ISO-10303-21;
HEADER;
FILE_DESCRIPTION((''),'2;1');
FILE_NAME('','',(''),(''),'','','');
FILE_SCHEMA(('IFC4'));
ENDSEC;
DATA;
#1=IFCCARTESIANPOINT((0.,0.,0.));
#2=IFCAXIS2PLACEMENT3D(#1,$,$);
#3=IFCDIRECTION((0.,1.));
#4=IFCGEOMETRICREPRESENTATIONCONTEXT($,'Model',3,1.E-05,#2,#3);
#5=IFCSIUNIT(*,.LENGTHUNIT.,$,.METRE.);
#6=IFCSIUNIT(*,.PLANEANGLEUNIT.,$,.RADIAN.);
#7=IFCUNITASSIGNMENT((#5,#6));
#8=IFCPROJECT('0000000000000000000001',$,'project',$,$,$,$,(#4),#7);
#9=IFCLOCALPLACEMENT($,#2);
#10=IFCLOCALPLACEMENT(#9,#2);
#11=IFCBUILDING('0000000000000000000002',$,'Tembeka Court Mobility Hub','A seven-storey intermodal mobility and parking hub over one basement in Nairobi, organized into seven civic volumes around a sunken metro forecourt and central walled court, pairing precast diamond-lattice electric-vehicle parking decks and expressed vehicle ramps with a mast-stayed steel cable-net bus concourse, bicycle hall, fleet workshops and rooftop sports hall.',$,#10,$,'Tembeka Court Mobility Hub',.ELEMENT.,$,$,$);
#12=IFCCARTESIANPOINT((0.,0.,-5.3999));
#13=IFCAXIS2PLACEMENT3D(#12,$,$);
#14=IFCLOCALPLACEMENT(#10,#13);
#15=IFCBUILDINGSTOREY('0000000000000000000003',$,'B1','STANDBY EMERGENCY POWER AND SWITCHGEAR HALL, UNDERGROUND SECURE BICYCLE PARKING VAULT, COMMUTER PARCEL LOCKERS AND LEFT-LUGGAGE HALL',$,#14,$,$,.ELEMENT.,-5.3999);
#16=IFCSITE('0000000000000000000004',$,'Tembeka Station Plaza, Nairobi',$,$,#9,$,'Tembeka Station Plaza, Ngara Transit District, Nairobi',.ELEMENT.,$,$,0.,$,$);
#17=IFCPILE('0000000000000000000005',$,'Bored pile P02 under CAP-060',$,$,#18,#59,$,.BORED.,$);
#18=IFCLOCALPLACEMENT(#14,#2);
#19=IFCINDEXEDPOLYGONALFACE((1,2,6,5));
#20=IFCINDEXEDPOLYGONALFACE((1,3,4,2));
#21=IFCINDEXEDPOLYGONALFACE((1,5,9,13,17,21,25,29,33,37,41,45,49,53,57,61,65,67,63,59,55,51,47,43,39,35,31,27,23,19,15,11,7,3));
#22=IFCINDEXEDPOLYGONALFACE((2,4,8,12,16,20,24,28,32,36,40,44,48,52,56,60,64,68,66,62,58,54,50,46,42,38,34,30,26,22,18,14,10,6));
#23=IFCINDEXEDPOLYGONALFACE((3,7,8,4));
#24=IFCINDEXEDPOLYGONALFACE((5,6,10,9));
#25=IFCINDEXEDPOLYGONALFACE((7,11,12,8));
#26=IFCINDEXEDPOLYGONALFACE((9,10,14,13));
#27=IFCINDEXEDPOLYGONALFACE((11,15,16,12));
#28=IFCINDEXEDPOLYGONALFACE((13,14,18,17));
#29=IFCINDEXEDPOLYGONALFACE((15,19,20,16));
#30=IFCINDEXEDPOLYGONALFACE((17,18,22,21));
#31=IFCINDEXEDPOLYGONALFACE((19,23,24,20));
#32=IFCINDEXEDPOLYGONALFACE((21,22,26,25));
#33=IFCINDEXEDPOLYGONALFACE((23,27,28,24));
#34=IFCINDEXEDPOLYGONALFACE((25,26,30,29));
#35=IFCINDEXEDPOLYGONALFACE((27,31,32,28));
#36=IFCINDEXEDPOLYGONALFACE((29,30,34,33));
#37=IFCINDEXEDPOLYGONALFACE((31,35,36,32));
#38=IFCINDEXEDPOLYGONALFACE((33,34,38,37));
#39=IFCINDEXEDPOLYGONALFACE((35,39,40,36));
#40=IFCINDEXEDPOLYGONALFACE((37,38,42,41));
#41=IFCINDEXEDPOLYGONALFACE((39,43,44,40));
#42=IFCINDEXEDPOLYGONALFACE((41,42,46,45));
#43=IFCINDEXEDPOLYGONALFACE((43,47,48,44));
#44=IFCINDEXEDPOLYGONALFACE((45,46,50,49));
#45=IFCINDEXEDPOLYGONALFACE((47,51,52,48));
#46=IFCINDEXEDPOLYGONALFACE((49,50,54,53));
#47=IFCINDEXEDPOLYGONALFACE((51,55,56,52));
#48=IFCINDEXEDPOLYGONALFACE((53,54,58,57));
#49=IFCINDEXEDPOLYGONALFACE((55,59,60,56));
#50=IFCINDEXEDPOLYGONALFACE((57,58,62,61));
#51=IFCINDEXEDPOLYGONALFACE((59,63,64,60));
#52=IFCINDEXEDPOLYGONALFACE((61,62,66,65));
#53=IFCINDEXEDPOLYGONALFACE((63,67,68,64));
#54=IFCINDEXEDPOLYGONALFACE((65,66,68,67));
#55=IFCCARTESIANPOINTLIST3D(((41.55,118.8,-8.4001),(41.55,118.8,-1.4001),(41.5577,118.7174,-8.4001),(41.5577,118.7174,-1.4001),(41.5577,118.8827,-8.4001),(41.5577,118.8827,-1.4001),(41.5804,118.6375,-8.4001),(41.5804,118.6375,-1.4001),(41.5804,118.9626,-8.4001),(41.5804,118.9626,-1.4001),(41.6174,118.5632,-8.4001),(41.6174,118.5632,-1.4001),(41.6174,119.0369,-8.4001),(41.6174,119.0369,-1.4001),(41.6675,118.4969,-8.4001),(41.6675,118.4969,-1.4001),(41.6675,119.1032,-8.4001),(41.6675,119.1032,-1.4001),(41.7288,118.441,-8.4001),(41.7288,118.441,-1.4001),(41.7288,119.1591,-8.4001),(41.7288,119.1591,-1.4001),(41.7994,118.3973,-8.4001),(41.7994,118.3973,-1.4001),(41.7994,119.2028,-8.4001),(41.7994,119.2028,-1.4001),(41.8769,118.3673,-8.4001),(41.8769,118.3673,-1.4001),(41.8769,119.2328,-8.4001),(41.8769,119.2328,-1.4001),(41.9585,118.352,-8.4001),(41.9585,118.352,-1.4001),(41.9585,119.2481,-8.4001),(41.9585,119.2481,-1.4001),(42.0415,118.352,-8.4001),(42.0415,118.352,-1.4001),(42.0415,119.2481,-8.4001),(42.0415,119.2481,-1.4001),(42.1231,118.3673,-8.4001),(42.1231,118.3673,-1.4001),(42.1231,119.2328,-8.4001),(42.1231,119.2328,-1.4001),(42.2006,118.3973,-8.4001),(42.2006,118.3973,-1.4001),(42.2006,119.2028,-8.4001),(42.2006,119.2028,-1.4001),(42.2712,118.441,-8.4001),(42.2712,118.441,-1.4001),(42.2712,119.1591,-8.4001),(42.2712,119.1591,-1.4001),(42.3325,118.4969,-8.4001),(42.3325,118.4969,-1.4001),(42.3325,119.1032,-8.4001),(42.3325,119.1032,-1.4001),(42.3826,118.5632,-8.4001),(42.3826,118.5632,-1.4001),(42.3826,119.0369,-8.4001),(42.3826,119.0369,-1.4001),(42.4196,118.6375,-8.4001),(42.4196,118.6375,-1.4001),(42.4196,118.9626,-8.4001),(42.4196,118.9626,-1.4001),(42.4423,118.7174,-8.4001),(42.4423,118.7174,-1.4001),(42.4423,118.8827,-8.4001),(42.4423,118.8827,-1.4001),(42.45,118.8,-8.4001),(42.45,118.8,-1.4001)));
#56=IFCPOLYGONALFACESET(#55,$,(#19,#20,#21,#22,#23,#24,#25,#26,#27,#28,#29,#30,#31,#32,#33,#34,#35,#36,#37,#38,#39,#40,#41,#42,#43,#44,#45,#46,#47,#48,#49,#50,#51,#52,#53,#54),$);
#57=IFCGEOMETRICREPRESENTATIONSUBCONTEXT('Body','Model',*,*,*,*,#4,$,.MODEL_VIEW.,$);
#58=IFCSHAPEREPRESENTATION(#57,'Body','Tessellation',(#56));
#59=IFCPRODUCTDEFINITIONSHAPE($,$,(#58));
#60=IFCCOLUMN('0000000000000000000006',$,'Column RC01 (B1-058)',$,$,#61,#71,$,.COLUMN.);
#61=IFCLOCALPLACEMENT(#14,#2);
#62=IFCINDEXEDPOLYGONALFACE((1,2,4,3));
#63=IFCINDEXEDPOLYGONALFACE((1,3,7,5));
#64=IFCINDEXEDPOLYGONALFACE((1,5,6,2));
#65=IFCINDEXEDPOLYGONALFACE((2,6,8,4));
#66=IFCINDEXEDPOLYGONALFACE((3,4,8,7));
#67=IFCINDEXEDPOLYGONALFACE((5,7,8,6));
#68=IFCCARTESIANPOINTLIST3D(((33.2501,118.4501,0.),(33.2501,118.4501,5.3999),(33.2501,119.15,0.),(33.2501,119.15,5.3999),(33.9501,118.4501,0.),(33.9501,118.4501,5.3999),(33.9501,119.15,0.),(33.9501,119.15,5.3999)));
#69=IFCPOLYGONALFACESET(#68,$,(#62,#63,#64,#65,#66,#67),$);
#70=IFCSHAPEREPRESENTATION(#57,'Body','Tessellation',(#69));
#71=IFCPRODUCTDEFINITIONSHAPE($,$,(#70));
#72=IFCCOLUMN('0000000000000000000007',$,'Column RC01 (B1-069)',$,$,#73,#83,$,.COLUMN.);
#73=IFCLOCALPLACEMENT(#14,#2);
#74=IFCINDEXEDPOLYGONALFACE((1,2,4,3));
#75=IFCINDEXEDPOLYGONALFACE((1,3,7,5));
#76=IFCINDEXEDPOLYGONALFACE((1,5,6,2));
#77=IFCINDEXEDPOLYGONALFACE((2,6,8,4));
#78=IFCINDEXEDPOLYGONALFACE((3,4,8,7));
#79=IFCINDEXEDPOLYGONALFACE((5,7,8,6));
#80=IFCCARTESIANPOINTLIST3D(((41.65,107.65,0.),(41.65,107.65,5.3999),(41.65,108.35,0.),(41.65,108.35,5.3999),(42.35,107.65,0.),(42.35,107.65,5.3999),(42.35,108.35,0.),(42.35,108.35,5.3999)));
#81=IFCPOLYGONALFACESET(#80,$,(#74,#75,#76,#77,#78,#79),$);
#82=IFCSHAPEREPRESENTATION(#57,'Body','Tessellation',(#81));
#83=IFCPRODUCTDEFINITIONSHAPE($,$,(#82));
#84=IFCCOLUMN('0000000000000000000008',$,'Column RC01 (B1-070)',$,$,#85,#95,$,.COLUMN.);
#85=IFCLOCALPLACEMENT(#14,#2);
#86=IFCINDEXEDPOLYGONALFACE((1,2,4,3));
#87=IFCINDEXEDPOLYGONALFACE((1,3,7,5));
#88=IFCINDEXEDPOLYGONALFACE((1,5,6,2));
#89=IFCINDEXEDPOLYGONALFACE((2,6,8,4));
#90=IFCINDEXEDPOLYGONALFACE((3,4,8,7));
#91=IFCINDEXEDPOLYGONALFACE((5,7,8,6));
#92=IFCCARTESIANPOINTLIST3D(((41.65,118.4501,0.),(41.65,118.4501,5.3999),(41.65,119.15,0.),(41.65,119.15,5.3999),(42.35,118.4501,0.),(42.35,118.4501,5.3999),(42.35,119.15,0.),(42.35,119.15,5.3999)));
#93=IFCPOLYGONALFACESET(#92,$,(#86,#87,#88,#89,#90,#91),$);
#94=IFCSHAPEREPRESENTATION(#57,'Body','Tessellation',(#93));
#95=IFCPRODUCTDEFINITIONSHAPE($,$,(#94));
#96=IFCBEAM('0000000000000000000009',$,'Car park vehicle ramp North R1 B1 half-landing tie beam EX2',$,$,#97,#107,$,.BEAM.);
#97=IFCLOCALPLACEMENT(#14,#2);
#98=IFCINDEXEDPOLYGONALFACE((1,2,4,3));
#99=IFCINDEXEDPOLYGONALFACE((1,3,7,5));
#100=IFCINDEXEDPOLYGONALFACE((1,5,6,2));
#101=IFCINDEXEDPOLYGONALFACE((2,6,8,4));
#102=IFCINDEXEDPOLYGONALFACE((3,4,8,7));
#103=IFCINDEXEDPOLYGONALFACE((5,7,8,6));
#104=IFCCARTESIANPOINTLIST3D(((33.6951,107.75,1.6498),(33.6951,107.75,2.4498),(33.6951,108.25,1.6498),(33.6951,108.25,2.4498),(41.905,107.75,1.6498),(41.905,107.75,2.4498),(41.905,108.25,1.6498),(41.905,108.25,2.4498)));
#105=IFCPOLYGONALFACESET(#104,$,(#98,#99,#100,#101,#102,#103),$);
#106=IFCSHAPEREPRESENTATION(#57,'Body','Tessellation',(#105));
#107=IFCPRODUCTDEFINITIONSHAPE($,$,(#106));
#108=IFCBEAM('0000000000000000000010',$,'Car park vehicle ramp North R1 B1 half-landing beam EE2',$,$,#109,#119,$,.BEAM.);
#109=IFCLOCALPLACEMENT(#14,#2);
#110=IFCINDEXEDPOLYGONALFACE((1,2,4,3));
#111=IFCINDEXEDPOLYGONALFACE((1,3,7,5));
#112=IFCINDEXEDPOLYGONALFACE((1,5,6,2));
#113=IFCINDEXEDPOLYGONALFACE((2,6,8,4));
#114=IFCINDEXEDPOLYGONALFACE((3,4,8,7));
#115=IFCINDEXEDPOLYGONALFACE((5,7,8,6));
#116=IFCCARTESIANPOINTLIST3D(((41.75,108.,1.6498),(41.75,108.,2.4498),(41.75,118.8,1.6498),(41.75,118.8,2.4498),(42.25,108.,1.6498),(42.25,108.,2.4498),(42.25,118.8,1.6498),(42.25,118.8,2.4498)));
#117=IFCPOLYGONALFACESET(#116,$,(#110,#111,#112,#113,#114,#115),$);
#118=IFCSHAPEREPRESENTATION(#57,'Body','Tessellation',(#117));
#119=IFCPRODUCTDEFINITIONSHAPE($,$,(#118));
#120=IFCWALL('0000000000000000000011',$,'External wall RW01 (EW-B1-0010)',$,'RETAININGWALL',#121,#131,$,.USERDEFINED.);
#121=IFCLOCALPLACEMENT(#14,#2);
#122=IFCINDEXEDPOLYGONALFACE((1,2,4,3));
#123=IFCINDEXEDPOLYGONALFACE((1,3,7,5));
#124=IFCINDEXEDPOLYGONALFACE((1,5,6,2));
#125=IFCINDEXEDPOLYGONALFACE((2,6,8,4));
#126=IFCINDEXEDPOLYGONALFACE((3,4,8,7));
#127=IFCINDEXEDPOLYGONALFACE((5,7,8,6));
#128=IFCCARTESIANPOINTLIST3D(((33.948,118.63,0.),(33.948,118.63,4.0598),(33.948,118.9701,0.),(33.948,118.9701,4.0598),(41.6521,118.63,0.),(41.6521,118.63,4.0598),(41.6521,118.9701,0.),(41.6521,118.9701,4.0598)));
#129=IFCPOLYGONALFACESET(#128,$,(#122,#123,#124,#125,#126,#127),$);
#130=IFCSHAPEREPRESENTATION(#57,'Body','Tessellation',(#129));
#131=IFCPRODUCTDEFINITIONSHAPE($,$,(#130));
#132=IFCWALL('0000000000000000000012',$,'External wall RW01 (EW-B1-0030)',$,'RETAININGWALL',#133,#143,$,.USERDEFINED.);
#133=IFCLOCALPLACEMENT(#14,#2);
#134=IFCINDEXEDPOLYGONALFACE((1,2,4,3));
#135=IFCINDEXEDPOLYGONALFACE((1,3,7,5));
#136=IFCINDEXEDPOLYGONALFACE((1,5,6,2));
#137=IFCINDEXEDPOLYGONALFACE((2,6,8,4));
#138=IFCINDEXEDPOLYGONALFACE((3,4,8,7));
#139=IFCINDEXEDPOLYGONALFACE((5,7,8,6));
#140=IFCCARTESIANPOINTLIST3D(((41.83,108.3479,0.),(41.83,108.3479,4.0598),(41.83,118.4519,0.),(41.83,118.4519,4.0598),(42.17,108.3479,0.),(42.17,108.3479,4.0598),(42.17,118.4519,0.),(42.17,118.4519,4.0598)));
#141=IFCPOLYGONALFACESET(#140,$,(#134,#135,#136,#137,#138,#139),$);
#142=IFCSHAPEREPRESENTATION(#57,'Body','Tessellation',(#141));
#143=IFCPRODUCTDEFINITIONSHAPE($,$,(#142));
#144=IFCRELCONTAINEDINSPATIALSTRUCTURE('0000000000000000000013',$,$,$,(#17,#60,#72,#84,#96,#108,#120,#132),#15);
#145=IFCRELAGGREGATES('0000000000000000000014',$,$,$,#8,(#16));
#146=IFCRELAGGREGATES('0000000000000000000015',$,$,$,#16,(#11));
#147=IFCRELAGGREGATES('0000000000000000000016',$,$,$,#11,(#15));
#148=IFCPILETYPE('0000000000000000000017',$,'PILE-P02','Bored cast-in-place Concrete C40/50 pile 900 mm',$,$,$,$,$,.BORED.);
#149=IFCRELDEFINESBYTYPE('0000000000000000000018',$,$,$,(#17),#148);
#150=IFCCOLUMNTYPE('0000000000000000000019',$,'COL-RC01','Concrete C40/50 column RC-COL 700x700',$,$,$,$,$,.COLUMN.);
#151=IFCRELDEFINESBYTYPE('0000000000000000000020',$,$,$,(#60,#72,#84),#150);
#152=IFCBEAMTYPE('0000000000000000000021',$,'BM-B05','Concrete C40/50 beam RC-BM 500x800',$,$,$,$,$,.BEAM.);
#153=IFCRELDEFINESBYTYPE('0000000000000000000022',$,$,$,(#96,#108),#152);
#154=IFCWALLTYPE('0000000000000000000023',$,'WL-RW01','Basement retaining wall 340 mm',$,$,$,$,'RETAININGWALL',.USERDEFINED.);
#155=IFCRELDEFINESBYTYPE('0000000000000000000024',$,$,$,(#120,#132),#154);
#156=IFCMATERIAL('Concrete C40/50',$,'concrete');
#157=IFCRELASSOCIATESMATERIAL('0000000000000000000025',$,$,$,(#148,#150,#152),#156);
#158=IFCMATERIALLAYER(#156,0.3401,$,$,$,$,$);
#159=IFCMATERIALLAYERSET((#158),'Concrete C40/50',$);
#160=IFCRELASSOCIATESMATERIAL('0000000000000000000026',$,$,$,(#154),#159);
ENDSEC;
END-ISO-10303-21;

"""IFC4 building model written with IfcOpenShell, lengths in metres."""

from ifc_helpers import new_model, si_unit, direction, frame, frame_2d, origin, origin_2d, place, context, subcontext, project, spatial, rectangle, circle, extrude, material, layer, layer_set, material_profile, profile_set, type_object, element, save


model = new_model("IFC4")

# Units and contexts
model_context = context("Model", 3, precision=1e-05, world=origin(), true_north=direction((0.0, 1.0)))
body_context = subcontext(model_context, "Body", "Model", "MODEL_VIEW")
ifc_project = project(units=[si_unit("LENGTHUNIT", "METRE"), si_unit("PLANEANGLEUNIT", "RADIAN")], contexts=[model_context])

# Site, building, storey
site_placement = place(None, origin())
site = spatial("IfcSite", under=ifc_project, at=site_placement, Name="Tembeka Station Plaza, Nairobi", LongName="Tembeka Station Plaza, Ngara Transit District, Nairobi", CompositionType="ELEMENT", RefElevation=0.0)
building_placement = place(site_placement, origin())
building = spatial("IfcBuilding", under=site, at=building_placement, Name="Tembeka Court Mobility Hub", Description="A seven-storey intermodal mobility and parking hub over one basement in Nairobi, organized into seven civic volumes around a sunken metro forecourt and central walled court, pairing precast diamond-lattice electric-vehicle parking decks and expressed vehicle ramps with a mast-stayed steel cable-net bus concourse, bicycle hall, fleet workshops and rooftop sports hall.", LongName="Tembeka Court Mobility Hub", CompositionType="ELEMENT")
storey_placement = place(building_placement, frame((0.0, 0.0, -5.3999)))
storey = spatial("IfcBuildingStorey", under=building, at=storey_placement, Name="B1", Description="STANDBY EMERGENCY POWER AND SWITCHGEAR HALL, UNDERGROUND SECURE BICYCLE PARKING VAULT, COMMUTER PARCEL LOCKERS AND LEFT-LUGGAGE HALL", CompositionType="ELEMENT", Elevation=-5.3999)

# Shared definitions
ifc_material_1 = material(Name="Concrete C40/50", Category="concrete")

# Pile
ifc_material_profile_1 = material_profile(ifc_material_1, circle(Radius=0.45, at=origin_2d()), Name="PILE D900")
ifc_profile_set_1 = profile_set([ifc_material_profile_1], Name="Concrete C40/50")
pile_type = type_object("IfcPileType", Name="PILE-P02", Description="Bored cast-in-place Concrete C40/50 pile 900 mm", PredefinedType="BORED", material=ifc_profile_set_1)
for number, where, z_axis, x_axis, name in (
    (1, (42.0, 118.8, -1.4001), (0.0, 0.0, -1.0), (1.0, 0.0, 0.0), "Bored pile P02 under CAP-060"),
):
    element("IfcPile", number, at=place(storey_placement, frame(where, z_axis=z_axis, x_axis=x_axis)), inside=storey, type_object=pile_type, Name=name, PredefinedType="BORED", context=body_context, shape_type="SweptSolid", body=[
        extrude(circle(Radius=0.45, at=origin_2d()), origin(), (0.0, 0.0, 1.0), 7.0),
    ])

# Columns
ifc_material_profile_2 = material_profile(ifc_material_1, rectangle(XDim=0.7, YDim=0.7, at=origin_2d()), Name="RC-COL 700x700")
ifc_profile_set_2 = profile_set([ifc_material_profile_2], Name="Concrete C40/50")
column_type = type_object("IfcColumnType", Name="COL-RC01", Description="Concrete C40/50 column RC-COL 700x700", PredefinedType="COLUMN", material=ifc_profile_set_2)
for number, where, z_axis, x_axis, name in (
    (2, (33.6001, 118.8, 0.0), (0.0, 0.0, 1.0), (1.0, 0.0, 0.0), "Column RC01 (B1-058)"),
    (3, (42.0, 108.0, 0.0), (0.0, 0.0, 1.0), (1.0, 0.0, 0.0), "Column RC01 (B1-069)"),
    (4, (42.0, 118.8, 0.0), (0.0, 0.0, 1.0), (1.0, 0.0, 0.0), "Column RC01 (B1-070)"),
):
    element("IfcColumn", number, at=place(storey_placement, frame(where, z_axis=z_axis, x_axis=x_axis)), inside=storey, type_object=column_type, Name=name, PredefinedType="COLUMN", context=body_context, shape_type="SweptSolid", body=[
        extrude(rectangle(XDim=0.7, YDim=0.7, at=origin_2d()), origin(), (0.0, 0.0, 1.0), 5.3999),
    ])

# Beams
ifc_material_profile_3 = material_profile(ifc_material_1, rectangle(XDim=0.5, YDim=0.8, at=origin_2d()), Name="RC-BM 500x800")
ifc_profile_set_3 = profile_set([ifc_material_profile_3], Name="Concrete C40/50")
beam_type = type_object("IfcBeamType", Name="BM-B05", Description="Concrete C40/50 beam RC-BM 500x800", PredefinedType="BEAM", material=ifc_profile_set_3)
beam_1_placement = place(storey_placement, frame((33.6951, 108.0, 2.0498), z_axis=(1.0, 0.0, 0.0), x_axis=(0.0, 1.0, 0.0)))
element("IfcBeam", 5, at=beam_1_placement, inside=storey, type_object=beam_type, Name="Car park vehicle ramp North R1 B1 half-landing tie beam EX2", PredefinedType="BEAM", context=body_context, shape_type="SweptSolid", body=[
    extrude(rectangle(XDim=0.5, YDim=0.8, at=origin_2d()), origin(), (0.0, 0.0, 1.0), 8.21),
])
beam_2_placement = place(storey_placement, frame((42.0, 108.0, 2.0498), z_axis=(0.0, 1.0, 0.0), x_axis=(-1.0, 0.0, 0.0)))
element("IfcBeam", 6, at=beam_2_placement, inside=storey, type_object=beam_type, Name="Car park vehicle ramp North R1 B1 half-landing beam EE2", PredefinedType="BEAM", context=body_context, shape_type="SweptSolid", body=[
    extrude(rectangle(XDim=0.5, YDim=0.8, at=origin_2d()), origin(), (0.0, 0.0, 1.0), 10.8),
])

# Walls
ifc_layer = layer(ifc_material_1, 0.3401)
ifc_layer_set = layer_set([ifc_layer], Name="Concrete C40/50")
wall_type = type_object("IfcWallType", Name="WL-RW01", Description="Basement retaining wall 340 mm", ElementType="RETAININGWALL", PredefinedType="USERDEFINED", material=ifc_layer_set)
wall_1_placement = place(storey_placement, frame((33.948, 118.8, 0.0), z_axis=(0.0, 0.0, 1.0), x_axis=(1.0, 0.0, 0.0)))
element("IfcWall", 7, at=wall_1_placement, inside=storey, type_object=wall_type, Name="External wall RW01 (EW-B1-0010)", ObjectType="RETAININGWALL", PredefinedType="USERDEFINED", context=body_context, shape_type="SweptSolid", body=[
    extrude(rectangle(XDim=7.7041, YDim=0.3401, at=frame_2d((3.8521, 0.0))), origin(), (0.0, 0.0, 1.0), 4.0598),
])
wall_2_placement = place(storey_placement, frame((42.0, 108.3479, 0.0), z_axis=(0.0, 0.0, 1.0), x_axis=(0.0, 1.0, 0.0)))
element("IfcWall", 8, at=wall_2_placement, inside=storey, type_object=wall_type, Name="External wall RW01 (EW-B1-0030)", ObjectType="RETAININGWALL", PredefinedType="USERDEFINED", context=body_context, shape_type="SweptSolid", body=[
    extrude(rectangle(XDim=10.104, YDim=0.3401, at=frame_2d((5.052, 0.0))), origin(), (0.0, 0.0, 1.0), 4.0598),
])

save(model, "model.ifc")
